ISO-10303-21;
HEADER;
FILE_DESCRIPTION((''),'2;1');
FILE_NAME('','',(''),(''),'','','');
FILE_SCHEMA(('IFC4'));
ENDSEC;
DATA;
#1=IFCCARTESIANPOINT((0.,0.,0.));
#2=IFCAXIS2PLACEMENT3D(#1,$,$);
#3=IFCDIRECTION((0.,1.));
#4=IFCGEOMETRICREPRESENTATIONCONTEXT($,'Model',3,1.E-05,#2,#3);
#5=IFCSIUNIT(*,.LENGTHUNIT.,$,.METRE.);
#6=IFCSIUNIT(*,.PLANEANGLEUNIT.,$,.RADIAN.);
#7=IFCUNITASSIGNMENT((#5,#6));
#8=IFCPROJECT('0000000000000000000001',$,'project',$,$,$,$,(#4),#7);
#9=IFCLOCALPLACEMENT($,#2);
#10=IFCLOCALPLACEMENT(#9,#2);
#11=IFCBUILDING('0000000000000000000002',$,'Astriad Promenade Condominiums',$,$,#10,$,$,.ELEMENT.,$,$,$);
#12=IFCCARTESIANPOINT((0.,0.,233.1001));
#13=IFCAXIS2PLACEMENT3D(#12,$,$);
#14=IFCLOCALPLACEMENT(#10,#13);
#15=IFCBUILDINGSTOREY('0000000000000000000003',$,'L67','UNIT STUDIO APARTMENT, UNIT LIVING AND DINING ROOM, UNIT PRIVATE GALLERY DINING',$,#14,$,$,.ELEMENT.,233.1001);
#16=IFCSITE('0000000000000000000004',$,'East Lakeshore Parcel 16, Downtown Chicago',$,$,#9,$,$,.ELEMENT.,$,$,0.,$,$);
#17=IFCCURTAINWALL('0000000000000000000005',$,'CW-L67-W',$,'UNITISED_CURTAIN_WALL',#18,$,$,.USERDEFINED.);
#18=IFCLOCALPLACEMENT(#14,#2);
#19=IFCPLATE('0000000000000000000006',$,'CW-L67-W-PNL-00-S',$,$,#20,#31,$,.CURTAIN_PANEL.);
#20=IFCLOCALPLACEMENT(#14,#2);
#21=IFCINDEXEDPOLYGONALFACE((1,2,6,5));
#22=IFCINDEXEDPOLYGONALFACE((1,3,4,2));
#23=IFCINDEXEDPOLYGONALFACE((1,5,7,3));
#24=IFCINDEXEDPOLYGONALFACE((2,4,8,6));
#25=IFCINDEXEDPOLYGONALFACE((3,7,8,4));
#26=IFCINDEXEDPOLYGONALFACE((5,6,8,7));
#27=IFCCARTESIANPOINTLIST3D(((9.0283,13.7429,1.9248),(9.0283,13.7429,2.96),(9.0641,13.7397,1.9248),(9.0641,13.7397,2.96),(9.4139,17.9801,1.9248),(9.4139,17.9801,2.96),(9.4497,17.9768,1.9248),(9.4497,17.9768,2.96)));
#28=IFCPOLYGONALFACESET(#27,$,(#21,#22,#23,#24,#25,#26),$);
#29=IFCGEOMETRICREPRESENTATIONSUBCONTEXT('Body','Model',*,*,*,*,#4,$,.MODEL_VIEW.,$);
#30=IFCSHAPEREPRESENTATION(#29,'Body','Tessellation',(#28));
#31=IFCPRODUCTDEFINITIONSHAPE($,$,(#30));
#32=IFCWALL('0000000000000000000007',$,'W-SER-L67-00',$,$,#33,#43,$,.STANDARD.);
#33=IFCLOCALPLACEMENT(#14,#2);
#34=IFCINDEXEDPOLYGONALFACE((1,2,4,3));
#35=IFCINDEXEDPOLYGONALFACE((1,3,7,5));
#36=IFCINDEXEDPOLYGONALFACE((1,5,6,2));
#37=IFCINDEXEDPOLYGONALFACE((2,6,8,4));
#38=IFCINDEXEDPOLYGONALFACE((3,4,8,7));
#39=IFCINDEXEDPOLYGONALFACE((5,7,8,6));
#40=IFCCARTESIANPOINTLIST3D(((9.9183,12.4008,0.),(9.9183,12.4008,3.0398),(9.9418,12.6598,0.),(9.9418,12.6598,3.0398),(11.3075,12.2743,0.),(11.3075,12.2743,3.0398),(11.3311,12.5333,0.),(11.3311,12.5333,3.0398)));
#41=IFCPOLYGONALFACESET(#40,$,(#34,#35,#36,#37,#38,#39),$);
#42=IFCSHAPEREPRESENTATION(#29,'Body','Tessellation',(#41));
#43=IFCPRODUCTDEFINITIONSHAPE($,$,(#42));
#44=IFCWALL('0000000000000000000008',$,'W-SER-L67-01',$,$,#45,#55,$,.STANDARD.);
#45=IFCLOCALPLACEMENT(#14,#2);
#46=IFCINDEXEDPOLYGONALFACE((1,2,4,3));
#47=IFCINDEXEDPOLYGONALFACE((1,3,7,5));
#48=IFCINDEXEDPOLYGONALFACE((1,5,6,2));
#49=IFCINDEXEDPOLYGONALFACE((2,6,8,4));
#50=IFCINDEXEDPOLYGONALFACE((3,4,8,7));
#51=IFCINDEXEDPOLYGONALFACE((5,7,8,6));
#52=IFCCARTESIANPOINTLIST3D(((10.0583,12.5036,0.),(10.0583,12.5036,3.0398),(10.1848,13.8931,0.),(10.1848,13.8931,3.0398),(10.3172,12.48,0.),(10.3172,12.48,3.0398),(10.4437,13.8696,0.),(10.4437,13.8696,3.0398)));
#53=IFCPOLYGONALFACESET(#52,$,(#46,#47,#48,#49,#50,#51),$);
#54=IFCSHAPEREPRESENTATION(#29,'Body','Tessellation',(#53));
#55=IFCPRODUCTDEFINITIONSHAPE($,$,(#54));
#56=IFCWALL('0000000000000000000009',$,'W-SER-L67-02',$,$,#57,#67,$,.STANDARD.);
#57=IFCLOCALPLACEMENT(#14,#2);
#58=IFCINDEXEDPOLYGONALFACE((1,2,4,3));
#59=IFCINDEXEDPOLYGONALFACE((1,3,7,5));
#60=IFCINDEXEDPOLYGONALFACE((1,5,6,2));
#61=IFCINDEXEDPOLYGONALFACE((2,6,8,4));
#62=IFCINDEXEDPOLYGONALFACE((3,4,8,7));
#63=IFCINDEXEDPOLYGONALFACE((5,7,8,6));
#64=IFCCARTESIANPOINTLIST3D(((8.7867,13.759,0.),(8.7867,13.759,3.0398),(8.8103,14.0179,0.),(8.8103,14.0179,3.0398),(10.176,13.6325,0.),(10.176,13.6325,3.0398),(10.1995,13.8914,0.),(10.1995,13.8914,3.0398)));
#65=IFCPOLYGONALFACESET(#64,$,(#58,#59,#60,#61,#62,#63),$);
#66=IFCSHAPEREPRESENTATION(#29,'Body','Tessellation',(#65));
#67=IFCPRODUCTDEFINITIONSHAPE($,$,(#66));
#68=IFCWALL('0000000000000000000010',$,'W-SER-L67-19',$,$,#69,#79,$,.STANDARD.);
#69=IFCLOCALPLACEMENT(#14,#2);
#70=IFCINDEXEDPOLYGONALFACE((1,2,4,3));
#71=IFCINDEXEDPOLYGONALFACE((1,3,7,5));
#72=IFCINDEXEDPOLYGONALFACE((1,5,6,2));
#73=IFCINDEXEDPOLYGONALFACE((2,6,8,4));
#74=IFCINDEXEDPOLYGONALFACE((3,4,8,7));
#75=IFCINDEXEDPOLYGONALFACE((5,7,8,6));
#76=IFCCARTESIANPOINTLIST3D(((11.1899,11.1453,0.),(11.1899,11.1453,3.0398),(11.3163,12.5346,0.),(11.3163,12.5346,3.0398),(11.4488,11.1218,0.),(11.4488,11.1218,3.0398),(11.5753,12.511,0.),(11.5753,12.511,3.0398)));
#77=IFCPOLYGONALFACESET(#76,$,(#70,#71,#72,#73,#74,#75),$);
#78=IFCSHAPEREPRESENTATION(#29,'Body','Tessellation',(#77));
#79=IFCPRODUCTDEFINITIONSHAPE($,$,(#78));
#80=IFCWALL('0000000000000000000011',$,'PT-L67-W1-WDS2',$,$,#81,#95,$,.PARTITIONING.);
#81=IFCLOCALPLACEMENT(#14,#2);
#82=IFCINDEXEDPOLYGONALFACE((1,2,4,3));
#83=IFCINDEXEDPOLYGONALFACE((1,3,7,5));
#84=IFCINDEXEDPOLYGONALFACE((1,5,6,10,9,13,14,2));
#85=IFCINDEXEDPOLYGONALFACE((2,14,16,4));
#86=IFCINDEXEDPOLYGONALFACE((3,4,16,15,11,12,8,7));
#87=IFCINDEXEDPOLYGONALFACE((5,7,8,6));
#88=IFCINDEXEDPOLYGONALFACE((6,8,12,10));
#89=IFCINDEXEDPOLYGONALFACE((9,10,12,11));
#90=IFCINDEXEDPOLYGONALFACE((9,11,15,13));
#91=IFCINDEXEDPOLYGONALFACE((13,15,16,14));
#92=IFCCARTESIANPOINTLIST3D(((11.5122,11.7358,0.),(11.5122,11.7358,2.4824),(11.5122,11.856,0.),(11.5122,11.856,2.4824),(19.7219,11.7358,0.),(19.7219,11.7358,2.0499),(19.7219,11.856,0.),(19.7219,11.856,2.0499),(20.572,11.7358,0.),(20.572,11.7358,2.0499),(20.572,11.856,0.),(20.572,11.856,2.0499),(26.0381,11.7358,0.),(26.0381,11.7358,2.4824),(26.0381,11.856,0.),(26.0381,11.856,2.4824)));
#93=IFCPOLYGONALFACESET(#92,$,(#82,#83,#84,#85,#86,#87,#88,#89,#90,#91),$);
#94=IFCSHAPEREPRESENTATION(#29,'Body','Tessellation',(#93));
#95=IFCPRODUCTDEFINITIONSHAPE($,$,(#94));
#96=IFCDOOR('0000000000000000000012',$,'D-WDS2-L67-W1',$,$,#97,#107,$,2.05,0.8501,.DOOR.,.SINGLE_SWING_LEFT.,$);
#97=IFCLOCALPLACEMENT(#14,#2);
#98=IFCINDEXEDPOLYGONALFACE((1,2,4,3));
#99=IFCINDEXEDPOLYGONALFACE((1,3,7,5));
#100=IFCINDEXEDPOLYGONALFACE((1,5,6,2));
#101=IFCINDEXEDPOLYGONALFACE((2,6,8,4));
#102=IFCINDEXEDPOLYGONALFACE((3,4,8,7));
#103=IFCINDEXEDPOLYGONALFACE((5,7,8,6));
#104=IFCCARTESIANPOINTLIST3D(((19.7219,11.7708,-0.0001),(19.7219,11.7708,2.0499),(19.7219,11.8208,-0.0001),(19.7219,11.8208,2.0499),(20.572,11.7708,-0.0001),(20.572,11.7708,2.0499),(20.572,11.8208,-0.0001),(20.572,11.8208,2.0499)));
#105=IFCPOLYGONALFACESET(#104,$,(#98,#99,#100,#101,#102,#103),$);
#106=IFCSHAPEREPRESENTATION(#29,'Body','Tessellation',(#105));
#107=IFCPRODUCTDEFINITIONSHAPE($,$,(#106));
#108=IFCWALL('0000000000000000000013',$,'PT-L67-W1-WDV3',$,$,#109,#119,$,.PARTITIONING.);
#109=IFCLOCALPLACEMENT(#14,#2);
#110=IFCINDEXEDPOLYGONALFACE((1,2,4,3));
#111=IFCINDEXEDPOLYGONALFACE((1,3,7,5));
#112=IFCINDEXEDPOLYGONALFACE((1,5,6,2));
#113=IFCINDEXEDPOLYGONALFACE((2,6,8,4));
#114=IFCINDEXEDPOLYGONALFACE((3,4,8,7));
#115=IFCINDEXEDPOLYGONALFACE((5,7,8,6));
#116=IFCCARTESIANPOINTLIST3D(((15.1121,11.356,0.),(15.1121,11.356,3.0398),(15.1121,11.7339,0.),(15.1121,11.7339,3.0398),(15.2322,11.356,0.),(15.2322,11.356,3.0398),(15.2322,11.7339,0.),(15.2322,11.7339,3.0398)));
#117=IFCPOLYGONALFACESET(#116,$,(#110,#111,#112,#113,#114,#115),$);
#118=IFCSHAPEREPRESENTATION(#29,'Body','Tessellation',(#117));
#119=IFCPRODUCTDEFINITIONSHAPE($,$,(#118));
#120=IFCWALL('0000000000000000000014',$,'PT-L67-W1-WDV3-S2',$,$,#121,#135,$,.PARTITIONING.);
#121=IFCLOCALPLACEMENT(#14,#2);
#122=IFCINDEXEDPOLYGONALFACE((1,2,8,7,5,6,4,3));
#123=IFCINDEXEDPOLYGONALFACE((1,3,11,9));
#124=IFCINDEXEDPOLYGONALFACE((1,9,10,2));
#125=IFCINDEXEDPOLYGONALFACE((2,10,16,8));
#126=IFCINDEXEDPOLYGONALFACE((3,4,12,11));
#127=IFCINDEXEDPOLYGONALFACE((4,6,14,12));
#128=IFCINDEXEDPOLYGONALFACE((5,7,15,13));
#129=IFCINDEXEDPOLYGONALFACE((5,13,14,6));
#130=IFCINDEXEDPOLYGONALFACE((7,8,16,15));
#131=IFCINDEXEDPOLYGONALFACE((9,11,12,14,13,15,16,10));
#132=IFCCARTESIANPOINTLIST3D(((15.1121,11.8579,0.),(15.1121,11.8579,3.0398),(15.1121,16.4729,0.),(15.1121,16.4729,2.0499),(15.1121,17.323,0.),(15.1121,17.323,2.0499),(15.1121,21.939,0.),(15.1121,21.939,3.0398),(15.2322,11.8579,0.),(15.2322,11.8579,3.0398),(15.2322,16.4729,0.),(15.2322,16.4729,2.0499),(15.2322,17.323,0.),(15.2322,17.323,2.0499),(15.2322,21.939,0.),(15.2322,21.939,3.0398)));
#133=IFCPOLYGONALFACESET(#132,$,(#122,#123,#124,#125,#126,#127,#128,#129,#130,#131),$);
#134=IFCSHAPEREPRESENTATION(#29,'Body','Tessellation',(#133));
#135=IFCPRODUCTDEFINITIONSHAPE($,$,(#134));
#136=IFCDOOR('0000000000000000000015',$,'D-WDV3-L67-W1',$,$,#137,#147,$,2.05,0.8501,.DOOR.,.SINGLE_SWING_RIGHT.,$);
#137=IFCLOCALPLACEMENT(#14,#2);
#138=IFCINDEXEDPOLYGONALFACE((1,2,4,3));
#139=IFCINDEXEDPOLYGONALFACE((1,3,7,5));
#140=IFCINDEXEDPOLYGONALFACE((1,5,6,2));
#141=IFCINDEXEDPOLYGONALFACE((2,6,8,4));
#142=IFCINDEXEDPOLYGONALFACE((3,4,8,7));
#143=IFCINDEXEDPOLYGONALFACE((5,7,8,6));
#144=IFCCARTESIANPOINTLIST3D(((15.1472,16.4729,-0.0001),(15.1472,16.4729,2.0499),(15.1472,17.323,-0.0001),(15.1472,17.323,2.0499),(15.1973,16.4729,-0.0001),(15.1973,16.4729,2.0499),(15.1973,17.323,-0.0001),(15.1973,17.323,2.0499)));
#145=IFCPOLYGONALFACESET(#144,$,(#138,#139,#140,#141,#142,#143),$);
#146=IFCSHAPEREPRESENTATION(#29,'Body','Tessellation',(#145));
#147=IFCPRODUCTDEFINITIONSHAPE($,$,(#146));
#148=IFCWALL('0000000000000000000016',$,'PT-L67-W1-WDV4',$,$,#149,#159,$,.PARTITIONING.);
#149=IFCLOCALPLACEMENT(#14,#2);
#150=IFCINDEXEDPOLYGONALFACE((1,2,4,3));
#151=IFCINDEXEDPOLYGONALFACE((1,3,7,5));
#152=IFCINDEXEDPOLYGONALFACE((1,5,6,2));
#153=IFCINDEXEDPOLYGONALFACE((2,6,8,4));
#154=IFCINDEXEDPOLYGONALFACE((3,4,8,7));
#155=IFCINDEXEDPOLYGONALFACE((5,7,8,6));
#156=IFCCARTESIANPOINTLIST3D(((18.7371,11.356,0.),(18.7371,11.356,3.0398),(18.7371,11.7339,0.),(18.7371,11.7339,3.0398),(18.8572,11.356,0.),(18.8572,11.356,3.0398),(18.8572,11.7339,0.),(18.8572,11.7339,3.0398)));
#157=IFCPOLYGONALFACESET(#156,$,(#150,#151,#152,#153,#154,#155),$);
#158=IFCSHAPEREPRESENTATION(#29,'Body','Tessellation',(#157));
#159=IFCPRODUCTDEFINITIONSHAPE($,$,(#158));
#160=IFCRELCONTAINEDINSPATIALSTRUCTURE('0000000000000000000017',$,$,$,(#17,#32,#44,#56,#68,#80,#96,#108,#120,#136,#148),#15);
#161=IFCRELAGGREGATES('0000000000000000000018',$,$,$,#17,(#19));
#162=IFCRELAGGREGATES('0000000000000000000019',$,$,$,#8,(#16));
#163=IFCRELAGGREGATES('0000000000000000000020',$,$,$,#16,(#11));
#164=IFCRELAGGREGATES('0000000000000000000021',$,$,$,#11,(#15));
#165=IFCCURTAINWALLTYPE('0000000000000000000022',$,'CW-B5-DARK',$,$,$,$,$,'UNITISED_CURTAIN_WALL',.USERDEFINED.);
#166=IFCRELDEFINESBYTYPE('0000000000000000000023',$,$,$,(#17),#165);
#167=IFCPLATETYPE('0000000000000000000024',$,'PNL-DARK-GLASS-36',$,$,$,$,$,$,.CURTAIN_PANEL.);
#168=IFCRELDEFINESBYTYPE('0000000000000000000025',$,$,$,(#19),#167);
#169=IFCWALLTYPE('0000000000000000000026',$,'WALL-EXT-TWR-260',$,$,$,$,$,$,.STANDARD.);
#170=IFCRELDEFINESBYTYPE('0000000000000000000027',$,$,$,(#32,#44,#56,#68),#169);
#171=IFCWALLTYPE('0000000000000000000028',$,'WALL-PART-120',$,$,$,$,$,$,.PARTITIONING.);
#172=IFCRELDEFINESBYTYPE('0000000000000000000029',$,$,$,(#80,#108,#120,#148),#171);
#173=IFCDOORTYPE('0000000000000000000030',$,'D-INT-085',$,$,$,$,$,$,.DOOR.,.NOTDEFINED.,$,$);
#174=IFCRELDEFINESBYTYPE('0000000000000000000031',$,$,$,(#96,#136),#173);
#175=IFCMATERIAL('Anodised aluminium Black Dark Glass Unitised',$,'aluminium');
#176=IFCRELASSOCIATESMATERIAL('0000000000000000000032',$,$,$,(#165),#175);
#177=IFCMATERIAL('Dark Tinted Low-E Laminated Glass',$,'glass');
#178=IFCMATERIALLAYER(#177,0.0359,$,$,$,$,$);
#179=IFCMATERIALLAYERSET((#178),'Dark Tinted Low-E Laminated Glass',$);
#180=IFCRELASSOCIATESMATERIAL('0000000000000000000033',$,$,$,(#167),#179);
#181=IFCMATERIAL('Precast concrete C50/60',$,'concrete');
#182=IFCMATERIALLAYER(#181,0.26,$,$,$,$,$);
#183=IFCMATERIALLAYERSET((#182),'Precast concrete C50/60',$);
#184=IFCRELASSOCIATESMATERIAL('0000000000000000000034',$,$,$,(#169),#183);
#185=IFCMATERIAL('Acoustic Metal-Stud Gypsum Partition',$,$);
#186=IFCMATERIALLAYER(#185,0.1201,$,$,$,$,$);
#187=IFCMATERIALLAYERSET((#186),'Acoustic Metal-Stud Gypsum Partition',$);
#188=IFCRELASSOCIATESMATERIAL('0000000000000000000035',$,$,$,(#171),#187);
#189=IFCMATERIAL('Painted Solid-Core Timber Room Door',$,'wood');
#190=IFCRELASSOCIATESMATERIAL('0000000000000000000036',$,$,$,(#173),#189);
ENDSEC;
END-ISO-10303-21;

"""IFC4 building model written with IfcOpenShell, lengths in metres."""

from ifc_helpers import new_model, si_unit, direction, frame, frame_2d, origin, origin_2d, place, context, subcontext, project, spatial, rectangle, extrude, source, transform, mapped, material, layer, layer_set, type_object, type_shapes, element, fill, aggregate, save


model = new_model("IFC4")

# Units and contexts
model_context = context("Model", 3, precision=1e-05, world=origin(), true_north=direction((0.0, 1.0)))
body_context = subcontext(model_context, "Body", "Model", "MODEL_VIEW")
ifc_project = project(units=[si_unit("LENGTHUNIT", "METRE"), si_unit("PLANEANGLEUNIT", "RADIAN")], contexts=[model_context])

# Site, building, storey
site_placement = place(None, origin())
site = spatial("IfcSite", under=ifc_project, at=site_placement, Name="East Lakeshore Parcel 16, Downtown Chicago", CompositionType="ELEMENT", RefElevation=0.0)
building_placement = place(site_placement, origin())
building = spatial("IfcBuilding", under=site, at=building_placement, Name="Astriad Promenade Condominiums", CompositionType="ELEMENT")
storey_placement = place(building_placement, frame((0.0, 0.0, 233.1001)))
storey = spatial("IfcBuildingStorey", under=building, at=storey_placement, Name="L67", Description="UNIT STUDIO APARTMENT, UNIT LIVING AND DINING ROOM, UNIT PRIVATE GALLERY DINING", CompositionType="ELEMENT", Elevation=233.1001)

# Curtain wall
ifc_material_1 = material(Name="Anodised aluminium Black Dark Glass Unitised", Category="aluminium")
curtain_wall_type = type_object("IfcCurtainWallType", Name="CW-B5-DARK", ElementType="UNITISED_CURTAIN_WALL", PredefinedType="USERDEFINED", material=ifc_material_1)
curtain_wall_placement = place(storey_placement, origin())
curtain_wall = element("IfcCurtainWall", 1, at=curtain_wall_placement, inside=storey, type_object=curtain_wall_type, Name="CW-L67-W", ObjectType="UNITISED_CURTAIN_WALL", PredefinedType="USERDEFINED")

# Shared definitions
ifc_material_2 = material(Name="Precast concrete C50/60", Category="concrete")

# Plate
ifc_material_3 = material(Name="Dark Tinted Low-E Laminated Glass", Category="glass")
ifc_layer_1 = layer(ifc_material_3, 0.0359)
ifc_layer_set_1 = layer_set([ifc_layer_1], Name="Dark Tinted Low-E Laminated Glass")
plate_type = type_object("IfcPlateType", Name="PNL-DARK-GLASS-36", PredefinedType="CURTAIN_PANEL", material=ifc_layer_set_1)
shared_shape_1 = source(origin(), body_context, "Body", "SweptSolid", [
    extrude(rectangle(XDim=4.2546, YDim=0.0359, at=origin_2d()), origin(), (0.0, 0.0, 1.0), 1.0352),
])
plate_1_placement = place(storey_placement, frame((9.239, 15.8599, 1.9248), z_axis=(0.0, 0.0, 1.0), x_axis=(0.090633, 0.995884, 0.0)))
plate_1 = element("IfcPlate", 2, at=plate_1_placement, type_object=plate_type, Name="CW-L67-W-PNL-00-S", PredefinedType="CURTAIN_PANEL", context=body_context, shape_type="MappedRepresentation", body=[
    mapped(shared_shape_1, transform((0.0, 0.0, 0.0), scale=1.0)),
])
aggregate(curtain_wall, [plate_1])

# Walls
ifc_layer_2 = layer(ifc_material_2, 0.26)
ifc_layer_set_2 = layer_set([ifc_layer_2], Name="Precast concrete C50/60")
wall_type_1 = type_object("IfcWallType", Name="WALL-EXT-TWR-260", PredefinedType="STANDARD", material=ifc_layer_set_2)
wall_1_placement = place(storey_placement, frame((11.3193, 12.4038, 0.0), z_axis=(0.0, 0.0, 1.0), x_axis=(-0.995882, 0.090662, 0.0)))
element("IfcWall", 3, at=wall_1_placement, inside=storey, type_object=wall_type_1, Name="W-SER-L67-00", PredefinedType="STANDARD", context=body_context, shape_type="SweptSolid", body=[
    extrude(rectangle(XDim=1.395, YDim=0.26, at=frame_2d((0.6975, 0.0))), origin(), (0.0, 0.0, 1.0), 3.0398),
])
wall_2_placement = place(storey_placement, frame((10.1877, 12.4917, 0.0), z_axis=(0.0, 0.0, 1.0), x_axis=(0.090646, 0.995883, 0.0)))
element("IfcWall", 4, at=wall_2_placement, inside=storey, type_object=wall_type_1, Name="W-SER-L67-01", PredefinedType="STANDARD", context=body_context, shape_type="SweptSolid", body=[
    extrude(rectangle(XDim=1.3953, YDim=0.26, at=frame_2d((0.6978, 0.0))), origin(), (0.0, 0.0, 1.0), 3.0398),
])
for number, where, z_axis, x_axis, name in (
    (5, (10.1877, 13.762, 0.0), (0.0, 0.0, 1.0), (-0.995882, 0.090662, 0.0), "W-SER-L67-02"),
    (6, (11.3193, 11.1335, 0.0), (0.0, 0.0, 1.0), (0.090662, 0.995882, 0.0), "W-SER-L67-19"),
):
    element("IfcWall", number, at=place(storey_placement, frame(where, z_axis=z_axis, x_axis=x_axis)), inside=storey, type_object=wall_type_1, Name=name, PredefinedType="STANDARD", context=body_context, shape_type="SweptSolid", body=[
        extrude(rectangle(XDim=1.395, YDim=0.26, at=frame_2d((0.6975, 0.0))), origin(), (0.0, 0.0, 1.0), 3.0398),
    ])

# Wall, opening, door
ifc_material_4 = material(Name="Acoustic Metal-Stud Gypsum Partition")
ifc_layer_3 = layer(ifc_material_4, 0.1201)
ifc_layer_set_3 = layer_set([ifc_layer_3], Name="Acoustic Metal-Stud Gypsum Partition")
wall_type_2 = type_object("IfcWallType", Name="WALL-PART-120", PredefinedType="PARTITIONING", material=ifc_layer_set_3)
wall_3_placement = place(storey_placement, frame((11.5122, 11.7959, 0.0), z_axis=(0.0, 0.0, 1.0), x_axis=(1.0, 0.0, 0.0)))
wall_3 = element("IfcWall", 7, at=wall_3_placement, inside=storey, type_object=wall_type_2, Name="PT-L67-W1-WDS2", PredefinedType="PARTITIONING", context=body_context, shape_type="SweptSolid", body=[
    extrude(rectangle(XDim=14.5259, YDim=0.1201, at=frame_2d((7.2629, 0.0))), origin(), (0.0, 0.0, 1.0), 2.4824),
])
opening_1_placement = place(wall_3_placement, frame((8.2097, 0.0, 0.0)))
opening_1 = element("IfcOpeningElement", 8, at=opening_1_placement, cuts=wall_3, PredefinedType="OPENING", context=body_context, shape_type="SweptSolid", body=[
    extrude(rectangle(XDim=0.8501, YDim=2.05, at=frame_2d((0.425, 1.0249))), frame((0.0, 0.0701, 0.0), z_axis=(0.0, -1.0, 0.0), x_axis=(1.0, 0.0, 0.0)), (0.0, 0.0, 1.0), 0.1401),
])
ifc_material_5 = material(Name="Painted Solid-Core Timber Room Door", Category="wood")
door_type = type_object("IfcDoorType", Name="D-INT-085", OperationType="NOTDEFINED", PredefinedType="DOOR", material=ifc_material_5)
shared_shape_2 = source(origin(), body_context, "Body", "SweptSolid", [
    extrude(rectangle(XDim=0.8501, YDim=2.05, at=frame_2d((0.425, 1.0249))), frame((0.0, 0.0249, 0.0), z_axis=(0.0, -1.0, 0.0), x_axis=(1.0, 0.0, 0.0)), (0.0, 0.0, 1.0), 0.05),
])
type_shapes(door_type, [shared_shape_2])
door_1_placement = place(opening_1_placement, origin())
door_1 = element("IfcDoor", 9, at=door_1_placement, inside=storey, type_object=door_type, Name="D-WDS2-L67-W1", OperationType="SINGLE_SWING_LEFT", OverallHeight=2.05, OverallWidth=0.8501, PredefinedType="DOOR", context=body_context, shape_type="MappedRepresentation", body=[
    mapped(shared_shape_2, transform((0.0, 0.0, 0.0), scale=1.0)),
])
fill(opening_1, door_1)

# Wall
wall_4_placement = place(storey_placement, frame((15.1721, 11.356, 0.0), z_axis=(0.0, 0.0, 1.0), x_axis=(0.0, 1.0, 0.0)))
element("IfcWall", 10, at=wall_4_placement, inside=storey, type_object=wall_type_2, Name="PT-L67-W1-WDV3", PredefinedType="PARTITIONING", context=body_context, shape_type="SweptSolid", body=[
    extrude(rectangle(XDim=0.3779, YDim=0.1201, at=frame_2d((0.189, 0.0))), origin(), (0.0, 0.0, 1.0), 3.0398),
])

# Wall, opening, door
wall_5_placement = place(storey_placement, frame((15.1721, 11.8579, 0.0), z_axis=(0.0, 0.0, 1.0), x_axis=(0.0, 1.0, 0.0)))
wall_5 = element("IfcWall", 11, at=wall_5_placement, inside=storey, type_object=wall_type_2, Name="PT-L67-W1-WDV3-S2", PredefinedType="PARTITIONING", context=body_context, shape_type="SweptSolid", body=[
    extrude(rectangle(XDim=10.0811, YDim=0.1201, at=frame_2d((5.0405, 0.0))), origin(), (0.0, 0.0, 1.0), 3.0398),
])
opening_2_placement = place(wall_5_placement, frame((4.615, 0.0, 0.0)))
opening_2 = element("IfcOpeningElement", 12, at=opening_2_placement, cuts=wall_5, PredefinedType="OPENING", context=body_context, shape_type="SweptSolid", body=[
    extrude(rectangle(XDim=0.8501, YDim=2.05, at=frame_2d((0.425, 1.0249))), frame((0.0, 0.0701, 0.0), z_axis=(0.0, -1.0, 0.0), x_axis=(1.0, 0.0, 0.0)), (0.0, 0.0, 1.0), 0.1401),
])
door_2_placement = place(opening_2_placement, origin())
door_2 = element("IfcDoor", 13, at=door_2_placement, inside=storey, type_object=door_type, Name="D-WDV3-L67-W1", OperationType="SINGLE_SWING_RIGHT", OverallHeight=2.05, OverallWidth=0.8501, PredefinedType="DOOR", context=body_context, shape_type="MappedRepresentation", body=[
    mapped(shared_shape_2, transform((0.0, 0.0, 0.0), scale=1.0)),
])
fill(opening_2, door_2)

# Wall
wall_6_placement = place(storey_placement, frame((18.7971, 11.356, 0.0), z_axis=(0.0, 0.0, 1.0), x_axis=(0.0, 1.0, 0.0)))
element("IfcWall", 14, at=wall_6_placement, inside=storey, type_object=wall_type_2, Name="PT-L67-W1-WDV4", PredefinedType="PARTITIONING", context=body_context, shape_type="SweptSolid", body=[
    extrude(rectangle(XDim=0.3779, YDim=0.1201, at=frame_2d((0.189, 0.0))), origin(), (0.0, 0.0, 1.0), 3.0398),
])

save(model, "model.ifc")
